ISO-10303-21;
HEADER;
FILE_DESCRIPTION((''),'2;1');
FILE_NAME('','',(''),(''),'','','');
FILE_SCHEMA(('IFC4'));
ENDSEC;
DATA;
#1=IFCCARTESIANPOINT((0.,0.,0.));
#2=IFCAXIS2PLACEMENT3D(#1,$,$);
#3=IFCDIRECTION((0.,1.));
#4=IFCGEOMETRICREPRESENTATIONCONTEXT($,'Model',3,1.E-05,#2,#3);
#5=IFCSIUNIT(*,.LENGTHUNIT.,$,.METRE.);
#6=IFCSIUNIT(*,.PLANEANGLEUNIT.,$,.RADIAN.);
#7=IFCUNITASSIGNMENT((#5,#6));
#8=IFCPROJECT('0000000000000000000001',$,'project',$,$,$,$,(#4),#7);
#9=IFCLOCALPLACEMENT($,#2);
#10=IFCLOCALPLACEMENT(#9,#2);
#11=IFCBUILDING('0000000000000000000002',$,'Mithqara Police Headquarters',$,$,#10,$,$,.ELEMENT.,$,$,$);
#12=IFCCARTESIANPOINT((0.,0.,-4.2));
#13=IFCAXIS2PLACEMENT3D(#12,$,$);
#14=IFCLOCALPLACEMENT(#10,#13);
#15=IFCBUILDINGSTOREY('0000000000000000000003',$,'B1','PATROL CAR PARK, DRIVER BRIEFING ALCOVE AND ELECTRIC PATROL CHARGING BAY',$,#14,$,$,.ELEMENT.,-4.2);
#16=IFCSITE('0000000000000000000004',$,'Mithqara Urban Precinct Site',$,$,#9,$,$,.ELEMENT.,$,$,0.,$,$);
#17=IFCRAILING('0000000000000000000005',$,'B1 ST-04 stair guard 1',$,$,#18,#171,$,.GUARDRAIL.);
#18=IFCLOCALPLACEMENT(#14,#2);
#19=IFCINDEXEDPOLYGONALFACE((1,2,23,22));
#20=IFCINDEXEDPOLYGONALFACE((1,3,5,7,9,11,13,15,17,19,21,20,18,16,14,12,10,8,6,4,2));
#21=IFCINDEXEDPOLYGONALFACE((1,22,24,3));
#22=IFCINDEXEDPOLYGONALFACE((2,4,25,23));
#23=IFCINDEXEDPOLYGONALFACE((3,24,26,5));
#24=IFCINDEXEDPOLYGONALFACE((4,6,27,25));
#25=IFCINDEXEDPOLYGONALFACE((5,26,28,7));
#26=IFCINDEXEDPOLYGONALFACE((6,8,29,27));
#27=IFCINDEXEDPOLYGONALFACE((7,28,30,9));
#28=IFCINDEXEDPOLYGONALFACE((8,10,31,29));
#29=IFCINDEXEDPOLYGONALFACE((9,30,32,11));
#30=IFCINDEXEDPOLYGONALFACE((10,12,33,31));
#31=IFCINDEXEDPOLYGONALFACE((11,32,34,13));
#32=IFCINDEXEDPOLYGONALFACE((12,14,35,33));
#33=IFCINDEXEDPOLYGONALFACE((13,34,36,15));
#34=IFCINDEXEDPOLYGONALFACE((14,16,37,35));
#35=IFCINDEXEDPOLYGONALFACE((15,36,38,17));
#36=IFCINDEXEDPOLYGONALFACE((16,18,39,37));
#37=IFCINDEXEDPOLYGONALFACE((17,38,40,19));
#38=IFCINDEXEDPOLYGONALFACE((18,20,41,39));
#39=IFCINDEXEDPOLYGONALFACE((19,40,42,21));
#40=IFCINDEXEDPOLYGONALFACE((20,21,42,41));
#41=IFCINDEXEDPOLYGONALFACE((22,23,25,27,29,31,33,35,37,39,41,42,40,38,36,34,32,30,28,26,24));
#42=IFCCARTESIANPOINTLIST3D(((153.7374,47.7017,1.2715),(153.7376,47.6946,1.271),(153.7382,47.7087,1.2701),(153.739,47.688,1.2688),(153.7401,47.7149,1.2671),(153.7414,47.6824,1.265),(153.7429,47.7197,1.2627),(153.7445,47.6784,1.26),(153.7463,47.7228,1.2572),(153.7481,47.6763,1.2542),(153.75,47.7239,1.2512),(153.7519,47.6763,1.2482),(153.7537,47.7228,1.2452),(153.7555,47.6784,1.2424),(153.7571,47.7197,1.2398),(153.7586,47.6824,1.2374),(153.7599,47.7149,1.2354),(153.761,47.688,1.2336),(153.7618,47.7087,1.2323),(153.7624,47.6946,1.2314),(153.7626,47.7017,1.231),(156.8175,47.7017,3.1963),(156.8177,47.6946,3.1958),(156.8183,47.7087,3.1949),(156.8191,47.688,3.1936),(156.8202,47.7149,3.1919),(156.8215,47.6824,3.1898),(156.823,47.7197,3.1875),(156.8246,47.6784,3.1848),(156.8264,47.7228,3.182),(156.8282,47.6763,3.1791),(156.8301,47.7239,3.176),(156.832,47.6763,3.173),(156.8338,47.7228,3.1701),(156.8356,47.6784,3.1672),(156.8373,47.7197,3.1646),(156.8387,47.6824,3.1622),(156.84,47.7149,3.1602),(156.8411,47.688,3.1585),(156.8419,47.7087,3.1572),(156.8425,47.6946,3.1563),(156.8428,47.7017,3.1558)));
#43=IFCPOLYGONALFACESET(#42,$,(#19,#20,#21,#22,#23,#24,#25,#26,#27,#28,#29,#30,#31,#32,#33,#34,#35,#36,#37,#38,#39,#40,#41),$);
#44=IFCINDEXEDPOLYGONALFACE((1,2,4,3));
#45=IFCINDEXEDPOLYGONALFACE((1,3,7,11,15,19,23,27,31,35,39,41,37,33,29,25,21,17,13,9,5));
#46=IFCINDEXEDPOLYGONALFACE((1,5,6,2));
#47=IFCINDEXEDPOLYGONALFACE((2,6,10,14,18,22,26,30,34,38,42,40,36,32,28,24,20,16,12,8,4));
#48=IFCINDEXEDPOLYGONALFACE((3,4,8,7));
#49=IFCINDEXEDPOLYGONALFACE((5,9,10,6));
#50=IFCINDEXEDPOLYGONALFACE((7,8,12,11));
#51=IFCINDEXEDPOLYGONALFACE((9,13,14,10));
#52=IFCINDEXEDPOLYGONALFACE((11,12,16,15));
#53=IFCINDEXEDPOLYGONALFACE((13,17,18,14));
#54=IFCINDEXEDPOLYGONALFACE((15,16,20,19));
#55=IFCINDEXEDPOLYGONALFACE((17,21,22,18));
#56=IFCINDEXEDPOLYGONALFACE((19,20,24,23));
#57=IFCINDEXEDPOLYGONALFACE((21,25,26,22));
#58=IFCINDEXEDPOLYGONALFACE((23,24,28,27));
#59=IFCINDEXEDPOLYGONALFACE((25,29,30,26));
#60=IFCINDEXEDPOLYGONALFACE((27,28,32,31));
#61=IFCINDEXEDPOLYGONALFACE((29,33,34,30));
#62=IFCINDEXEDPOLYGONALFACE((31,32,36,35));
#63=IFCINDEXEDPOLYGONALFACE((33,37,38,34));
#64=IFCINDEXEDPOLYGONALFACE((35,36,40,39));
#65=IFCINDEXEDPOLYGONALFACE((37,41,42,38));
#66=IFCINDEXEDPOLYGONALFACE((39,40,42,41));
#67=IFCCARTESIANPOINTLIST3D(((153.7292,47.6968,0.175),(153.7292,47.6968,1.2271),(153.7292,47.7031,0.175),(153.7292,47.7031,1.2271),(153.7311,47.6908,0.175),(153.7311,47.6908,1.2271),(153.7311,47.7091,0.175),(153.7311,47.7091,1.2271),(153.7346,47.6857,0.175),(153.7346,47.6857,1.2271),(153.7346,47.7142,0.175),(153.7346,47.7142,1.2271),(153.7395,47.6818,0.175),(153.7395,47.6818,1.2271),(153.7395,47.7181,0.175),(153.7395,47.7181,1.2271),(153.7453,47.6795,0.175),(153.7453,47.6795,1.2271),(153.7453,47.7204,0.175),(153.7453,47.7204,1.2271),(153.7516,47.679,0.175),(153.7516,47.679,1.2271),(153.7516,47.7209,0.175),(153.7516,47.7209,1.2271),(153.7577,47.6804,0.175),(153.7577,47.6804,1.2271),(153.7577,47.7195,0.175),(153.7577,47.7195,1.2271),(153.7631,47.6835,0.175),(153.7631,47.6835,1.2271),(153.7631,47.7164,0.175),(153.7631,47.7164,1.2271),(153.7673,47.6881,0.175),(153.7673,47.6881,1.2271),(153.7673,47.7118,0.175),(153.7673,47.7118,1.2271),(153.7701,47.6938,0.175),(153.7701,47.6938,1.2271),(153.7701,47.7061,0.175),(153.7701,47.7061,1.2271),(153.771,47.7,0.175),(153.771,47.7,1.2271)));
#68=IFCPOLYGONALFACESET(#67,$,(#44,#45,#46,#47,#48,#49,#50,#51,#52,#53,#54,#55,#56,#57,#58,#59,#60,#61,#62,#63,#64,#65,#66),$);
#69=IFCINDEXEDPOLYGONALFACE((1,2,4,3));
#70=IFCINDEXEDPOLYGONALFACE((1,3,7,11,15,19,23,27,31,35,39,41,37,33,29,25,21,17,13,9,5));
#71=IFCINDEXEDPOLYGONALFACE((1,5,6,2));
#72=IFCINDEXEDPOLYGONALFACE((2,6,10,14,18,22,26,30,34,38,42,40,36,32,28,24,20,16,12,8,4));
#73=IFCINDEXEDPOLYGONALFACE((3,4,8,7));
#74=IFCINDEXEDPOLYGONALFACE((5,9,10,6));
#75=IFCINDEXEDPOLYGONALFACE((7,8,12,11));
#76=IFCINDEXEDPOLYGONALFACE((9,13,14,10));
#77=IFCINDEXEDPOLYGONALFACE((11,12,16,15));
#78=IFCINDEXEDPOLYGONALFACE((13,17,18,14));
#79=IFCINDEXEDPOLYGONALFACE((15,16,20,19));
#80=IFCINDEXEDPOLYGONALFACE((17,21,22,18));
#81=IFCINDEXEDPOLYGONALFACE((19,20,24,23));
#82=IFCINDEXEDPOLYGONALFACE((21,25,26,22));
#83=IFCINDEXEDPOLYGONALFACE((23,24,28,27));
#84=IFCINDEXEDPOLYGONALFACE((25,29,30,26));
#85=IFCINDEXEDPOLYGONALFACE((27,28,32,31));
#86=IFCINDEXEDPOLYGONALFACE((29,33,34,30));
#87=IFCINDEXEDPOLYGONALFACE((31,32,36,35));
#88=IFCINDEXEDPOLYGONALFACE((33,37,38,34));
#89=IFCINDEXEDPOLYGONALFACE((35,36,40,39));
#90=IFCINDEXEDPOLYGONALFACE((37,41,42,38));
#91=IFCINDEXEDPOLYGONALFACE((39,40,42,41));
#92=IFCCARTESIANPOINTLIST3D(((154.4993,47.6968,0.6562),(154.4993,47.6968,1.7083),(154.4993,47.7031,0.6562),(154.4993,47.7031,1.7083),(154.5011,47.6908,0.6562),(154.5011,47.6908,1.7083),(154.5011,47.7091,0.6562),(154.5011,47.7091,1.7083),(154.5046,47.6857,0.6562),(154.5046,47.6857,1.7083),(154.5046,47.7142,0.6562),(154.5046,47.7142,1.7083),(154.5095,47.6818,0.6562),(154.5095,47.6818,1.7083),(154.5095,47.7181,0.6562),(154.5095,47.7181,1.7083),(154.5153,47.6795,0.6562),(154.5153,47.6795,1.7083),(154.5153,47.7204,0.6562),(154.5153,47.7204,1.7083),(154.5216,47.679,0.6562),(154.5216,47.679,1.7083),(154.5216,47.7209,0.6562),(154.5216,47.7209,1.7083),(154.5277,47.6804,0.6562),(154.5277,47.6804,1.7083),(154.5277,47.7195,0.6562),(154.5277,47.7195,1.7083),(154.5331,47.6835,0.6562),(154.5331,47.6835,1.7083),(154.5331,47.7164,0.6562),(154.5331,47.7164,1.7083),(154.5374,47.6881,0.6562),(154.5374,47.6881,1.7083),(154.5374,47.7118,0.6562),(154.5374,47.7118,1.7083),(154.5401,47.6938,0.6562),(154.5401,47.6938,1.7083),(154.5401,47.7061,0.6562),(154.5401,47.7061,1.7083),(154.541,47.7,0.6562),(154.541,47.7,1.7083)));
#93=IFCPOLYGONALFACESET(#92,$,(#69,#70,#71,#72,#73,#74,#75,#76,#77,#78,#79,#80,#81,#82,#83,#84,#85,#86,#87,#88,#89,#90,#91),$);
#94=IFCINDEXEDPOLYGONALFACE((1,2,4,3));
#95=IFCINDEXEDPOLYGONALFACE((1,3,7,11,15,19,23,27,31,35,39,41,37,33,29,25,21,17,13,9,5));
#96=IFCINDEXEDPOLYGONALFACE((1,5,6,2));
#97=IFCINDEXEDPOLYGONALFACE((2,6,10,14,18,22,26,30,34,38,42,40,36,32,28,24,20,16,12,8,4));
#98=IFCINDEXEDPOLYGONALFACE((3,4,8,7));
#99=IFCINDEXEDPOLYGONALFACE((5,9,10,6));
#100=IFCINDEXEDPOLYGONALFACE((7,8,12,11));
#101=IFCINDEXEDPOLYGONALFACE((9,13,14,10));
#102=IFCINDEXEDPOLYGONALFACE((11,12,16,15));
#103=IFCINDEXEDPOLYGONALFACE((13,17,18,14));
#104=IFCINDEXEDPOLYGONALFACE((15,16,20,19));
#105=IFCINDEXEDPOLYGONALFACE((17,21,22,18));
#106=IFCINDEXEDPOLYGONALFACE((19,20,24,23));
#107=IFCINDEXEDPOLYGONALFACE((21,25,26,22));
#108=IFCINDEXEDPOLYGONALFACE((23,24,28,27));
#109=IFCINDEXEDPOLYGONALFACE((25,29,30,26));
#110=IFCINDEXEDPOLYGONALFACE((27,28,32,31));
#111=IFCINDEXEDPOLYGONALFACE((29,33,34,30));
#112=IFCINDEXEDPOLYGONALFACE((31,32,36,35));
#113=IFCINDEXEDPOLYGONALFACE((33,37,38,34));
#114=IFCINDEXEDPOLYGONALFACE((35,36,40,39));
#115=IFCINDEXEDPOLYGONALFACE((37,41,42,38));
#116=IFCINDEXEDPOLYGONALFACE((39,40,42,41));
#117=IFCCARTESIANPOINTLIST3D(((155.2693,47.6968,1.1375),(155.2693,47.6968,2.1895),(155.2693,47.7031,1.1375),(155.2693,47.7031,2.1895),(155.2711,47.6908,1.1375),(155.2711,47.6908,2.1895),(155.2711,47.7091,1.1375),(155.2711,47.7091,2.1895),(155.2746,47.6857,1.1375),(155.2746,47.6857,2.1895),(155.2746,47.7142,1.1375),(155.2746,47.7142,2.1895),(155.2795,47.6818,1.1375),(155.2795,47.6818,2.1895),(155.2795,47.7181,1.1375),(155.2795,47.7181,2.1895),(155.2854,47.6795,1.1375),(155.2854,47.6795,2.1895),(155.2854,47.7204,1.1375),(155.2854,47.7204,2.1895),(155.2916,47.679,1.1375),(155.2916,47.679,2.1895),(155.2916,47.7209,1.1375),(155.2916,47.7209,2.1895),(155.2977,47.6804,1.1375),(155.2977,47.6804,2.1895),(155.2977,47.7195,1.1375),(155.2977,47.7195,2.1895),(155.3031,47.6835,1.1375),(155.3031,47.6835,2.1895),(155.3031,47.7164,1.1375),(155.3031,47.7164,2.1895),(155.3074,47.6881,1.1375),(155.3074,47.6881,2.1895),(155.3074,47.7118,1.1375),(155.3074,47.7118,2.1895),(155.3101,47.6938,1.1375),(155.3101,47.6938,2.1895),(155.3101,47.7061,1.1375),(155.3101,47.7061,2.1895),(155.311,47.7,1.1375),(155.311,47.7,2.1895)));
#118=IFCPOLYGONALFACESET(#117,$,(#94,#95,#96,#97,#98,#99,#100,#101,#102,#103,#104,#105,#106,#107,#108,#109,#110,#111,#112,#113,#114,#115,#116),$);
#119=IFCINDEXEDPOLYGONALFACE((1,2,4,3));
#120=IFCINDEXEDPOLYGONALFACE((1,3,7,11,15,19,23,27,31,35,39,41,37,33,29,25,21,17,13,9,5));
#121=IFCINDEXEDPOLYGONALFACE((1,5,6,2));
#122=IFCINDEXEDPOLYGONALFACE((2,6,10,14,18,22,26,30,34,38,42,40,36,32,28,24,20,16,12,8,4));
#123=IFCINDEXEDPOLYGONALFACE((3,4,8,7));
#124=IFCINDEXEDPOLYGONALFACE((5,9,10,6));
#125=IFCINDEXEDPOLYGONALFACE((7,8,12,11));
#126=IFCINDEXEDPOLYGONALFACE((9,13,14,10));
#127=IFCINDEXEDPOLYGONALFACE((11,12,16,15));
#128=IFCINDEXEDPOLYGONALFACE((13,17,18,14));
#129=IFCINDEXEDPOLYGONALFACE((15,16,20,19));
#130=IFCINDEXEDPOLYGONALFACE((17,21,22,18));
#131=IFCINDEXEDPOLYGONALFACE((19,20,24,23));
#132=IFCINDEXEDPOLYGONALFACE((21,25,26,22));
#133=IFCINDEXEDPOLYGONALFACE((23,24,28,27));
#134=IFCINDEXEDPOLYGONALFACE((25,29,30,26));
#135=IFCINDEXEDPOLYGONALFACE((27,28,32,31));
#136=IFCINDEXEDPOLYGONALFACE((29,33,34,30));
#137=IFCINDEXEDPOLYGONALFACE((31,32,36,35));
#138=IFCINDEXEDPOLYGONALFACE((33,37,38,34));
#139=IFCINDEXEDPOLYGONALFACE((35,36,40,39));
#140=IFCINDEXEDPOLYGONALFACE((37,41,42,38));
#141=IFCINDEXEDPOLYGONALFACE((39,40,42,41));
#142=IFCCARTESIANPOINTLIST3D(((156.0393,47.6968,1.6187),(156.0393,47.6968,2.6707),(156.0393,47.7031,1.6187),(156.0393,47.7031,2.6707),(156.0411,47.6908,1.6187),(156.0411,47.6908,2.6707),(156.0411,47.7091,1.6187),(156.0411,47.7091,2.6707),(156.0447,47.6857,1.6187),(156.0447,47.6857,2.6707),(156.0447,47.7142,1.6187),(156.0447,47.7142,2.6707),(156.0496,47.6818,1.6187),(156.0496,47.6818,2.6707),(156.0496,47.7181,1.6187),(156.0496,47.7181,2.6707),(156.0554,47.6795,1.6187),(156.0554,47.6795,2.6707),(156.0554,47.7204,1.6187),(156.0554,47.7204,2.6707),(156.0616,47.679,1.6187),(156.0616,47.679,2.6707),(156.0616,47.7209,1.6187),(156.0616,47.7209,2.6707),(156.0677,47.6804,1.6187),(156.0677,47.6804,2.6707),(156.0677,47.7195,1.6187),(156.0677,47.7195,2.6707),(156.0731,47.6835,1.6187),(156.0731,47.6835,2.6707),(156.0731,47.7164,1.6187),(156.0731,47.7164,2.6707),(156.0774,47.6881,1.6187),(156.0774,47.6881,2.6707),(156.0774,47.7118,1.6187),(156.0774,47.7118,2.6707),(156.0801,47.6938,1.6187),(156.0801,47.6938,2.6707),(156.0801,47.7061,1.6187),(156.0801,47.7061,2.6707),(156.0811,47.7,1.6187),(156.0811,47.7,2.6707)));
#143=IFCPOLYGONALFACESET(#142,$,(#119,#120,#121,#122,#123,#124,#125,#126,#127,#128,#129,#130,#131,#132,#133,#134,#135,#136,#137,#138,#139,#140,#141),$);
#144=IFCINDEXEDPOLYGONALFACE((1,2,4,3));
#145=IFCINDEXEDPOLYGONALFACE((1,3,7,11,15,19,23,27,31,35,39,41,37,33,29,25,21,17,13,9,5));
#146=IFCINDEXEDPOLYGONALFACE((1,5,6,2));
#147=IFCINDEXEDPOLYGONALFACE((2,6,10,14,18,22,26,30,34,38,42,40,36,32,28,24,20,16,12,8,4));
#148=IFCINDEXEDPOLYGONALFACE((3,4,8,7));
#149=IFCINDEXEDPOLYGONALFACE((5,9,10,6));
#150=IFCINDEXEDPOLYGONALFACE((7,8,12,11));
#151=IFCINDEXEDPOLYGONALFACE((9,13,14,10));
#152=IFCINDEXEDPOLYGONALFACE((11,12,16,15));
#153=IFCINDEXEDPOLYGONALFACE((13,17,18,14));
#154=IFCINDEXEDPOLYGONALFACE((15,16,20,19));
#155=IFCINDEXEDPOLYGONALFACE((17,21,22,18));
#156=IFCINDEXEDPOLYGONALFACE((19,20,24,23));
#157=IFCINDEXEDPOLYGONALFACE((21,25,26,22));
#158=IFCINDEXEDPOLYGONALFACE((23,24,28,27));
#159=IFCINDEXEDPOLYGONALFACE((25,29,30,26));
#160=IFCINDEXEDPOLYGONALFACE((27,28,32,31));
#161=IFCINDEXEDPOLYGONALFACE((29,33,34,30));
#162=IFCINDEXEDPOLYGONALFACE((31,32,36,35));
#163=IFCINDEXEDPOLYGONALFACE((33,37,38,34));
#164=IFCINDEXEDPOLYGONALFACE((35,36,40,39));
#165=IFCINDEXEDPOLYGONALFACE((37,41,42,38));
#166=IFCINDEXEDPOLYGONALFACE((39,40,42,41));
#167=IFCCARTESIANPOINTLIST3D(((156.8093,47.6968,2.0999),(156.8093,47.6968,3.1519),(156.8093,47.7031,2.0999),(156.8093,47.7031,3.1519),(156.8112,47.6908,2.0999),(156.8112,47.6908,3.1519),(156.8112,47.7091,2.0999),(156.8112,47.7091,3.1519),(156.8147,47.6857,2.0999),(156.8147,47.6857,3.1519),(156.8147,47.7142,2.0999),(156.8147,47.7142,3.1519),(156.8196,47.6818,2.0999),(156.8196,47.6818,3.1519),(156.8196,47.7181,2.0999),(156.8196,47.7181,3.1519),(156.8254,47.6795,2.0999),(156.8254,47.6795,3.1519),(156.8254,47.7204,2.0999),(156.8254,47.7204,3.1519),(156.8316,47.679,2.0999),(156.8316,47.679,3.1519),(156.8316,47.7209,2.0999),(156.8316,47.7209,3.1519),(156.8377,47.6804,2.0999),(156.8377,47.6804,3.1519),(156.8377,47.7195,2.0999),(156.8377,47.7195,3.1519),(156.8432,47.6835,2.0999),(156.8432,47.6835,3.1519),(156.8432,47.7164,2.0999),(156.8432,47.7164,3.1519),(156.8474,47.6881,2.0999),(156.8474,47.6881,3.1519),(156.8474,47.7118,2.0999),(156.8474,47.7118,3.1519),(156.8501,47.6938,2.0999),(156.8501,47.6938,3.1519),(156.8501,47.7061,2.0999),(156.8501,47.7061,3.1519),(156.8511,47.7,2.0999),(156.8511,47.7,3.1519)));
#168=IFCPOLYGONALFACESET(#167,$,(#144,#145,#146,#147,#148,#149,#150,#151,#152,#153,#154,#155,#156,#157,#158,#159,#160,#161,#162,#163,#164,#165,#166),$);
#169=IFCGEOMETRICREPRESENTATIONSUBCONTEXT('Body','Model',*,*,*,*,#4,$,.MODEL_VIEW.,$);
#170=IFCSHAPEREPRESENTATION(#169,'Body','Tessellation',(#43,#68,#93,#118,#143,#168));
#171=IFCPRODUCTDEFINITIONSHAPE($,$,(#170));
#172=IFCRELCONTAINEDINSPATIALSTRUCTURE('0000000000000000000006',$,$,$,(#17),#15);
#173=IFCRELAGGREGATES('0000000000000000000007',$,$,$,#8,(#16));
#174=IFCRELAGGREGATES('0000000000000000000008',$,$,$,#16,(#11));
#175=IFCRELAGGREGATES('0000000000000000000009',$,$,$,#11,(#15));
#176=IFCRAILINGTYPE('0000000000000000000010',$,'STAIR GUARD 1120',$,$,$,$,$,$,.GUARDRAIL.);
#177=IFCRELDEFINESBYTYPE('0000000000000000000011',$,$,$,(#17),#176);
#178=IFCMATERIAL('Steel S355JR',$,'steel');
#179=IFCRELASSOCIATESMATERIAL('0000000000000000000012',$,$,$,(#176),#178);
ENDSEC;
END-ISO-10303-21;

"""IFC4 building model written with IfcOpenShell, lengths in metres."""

from ifc_helpers import new_model, si_unit, direction, frame, origin, origin_2d, place, context, subcontext, project, spatial, circle, extrude, material, type_object, element, save


model = new_model("IFC4")

# Units and contexts
model_context = context("Model", 3, precision=1e-05, world=origin(), true_north=direction((0.0, 1.0)))
body_context = subcontext(model_context, "Body", "Model", "MODEL_VIEW")
ifc_project = project(units=[si_unit("LENGTHUNIT", "METRE"), si_unit("PLANEANGLEUNIT", "RADIAN")], contexts=[model_context])

# Site, building, storey
site_placement = place(None, origin())
site = spatial("IfcSite", under=ifc_project, at=site_placement, Name="Mithqara Urban Precinct Site", CompositionType="ELEMENT", RefElevation=0.0)
building_placement = place(site_placement, origin())
building = spatial("IfcBuilding", under=site, at=building_placement, Name="Mithqara Police Headquarters", CompositionType="ELEMENT")
storey_placement = place(building_placement, frame((0.0, 0.0, -4.2)))
storey = spatial("IfcBuildingStorey", under=building, at=storey_placement, Name="B1", Description="PATROL CAR PARK, DRIVER BRIEFING ALCOVE AND ELECTRIC PATROL CHARGING BAY", CompositionType="ELEMENT", Elevation=-4.2)

# Shared definitions
ifc_material_1 = material(Name="Steel S355JR", Category="steel")

# Railing
railing_type_1 = type_object("IfcRailingType", Name="STAIR GUARD 1120", PredefinedType="GUARDRAIL", material=ifc_material_1)
railing_1_placement = place(storey_placement, frame((153.75, 47.7, 0.175)))
element("IfcRailing", 1, at=railing_1_placement, inside=storey, type_object=railing_type_1, Name="B1 ST-04 stair guard 1", PredefinedType="GUARDRAIL", context=body_context, shape_type="SweptSolid", body=[
    extrude(circle(Radius=0.0239, at=origin_2d()), frame((0.0, 0.0, 1.0762), z_axis=(0.848029, 0.0, 0.529951), x_axis=(0.0, 1.0, 0.0)), (0.0, 0.0, 1.0), 3.6321),
    extrude(circle(Radius=0.021, at=origin_2d()), origin(), (0.0, 0.0, 1.0), 1.052),
    extrude(circle(Radius=0.021, at=origin_2d()), frame((0.77, 0.0, 0.4812)), (0.0, 0.0, 1.0), 1.052),
    extrude(circle(Radius=0.021, at=origin_2d()), frame((1.54, 0.0, 0.9624)), (0.0, 0.0, 1.0), 1.052),
    extrude(circle(Radius=0.021, at=origin_2d()), frame((2.3101, 0.0, 1.4436)), (0.0, 0.0, 1.0), 1.052),
    extrude(circle(Radius=0.021, at=origin_2d()), frame((3.0801, 0.0, 1.9248)), (0.0, 0.0, 1.0), 1.052),
])

save(model, "model.ifc")
